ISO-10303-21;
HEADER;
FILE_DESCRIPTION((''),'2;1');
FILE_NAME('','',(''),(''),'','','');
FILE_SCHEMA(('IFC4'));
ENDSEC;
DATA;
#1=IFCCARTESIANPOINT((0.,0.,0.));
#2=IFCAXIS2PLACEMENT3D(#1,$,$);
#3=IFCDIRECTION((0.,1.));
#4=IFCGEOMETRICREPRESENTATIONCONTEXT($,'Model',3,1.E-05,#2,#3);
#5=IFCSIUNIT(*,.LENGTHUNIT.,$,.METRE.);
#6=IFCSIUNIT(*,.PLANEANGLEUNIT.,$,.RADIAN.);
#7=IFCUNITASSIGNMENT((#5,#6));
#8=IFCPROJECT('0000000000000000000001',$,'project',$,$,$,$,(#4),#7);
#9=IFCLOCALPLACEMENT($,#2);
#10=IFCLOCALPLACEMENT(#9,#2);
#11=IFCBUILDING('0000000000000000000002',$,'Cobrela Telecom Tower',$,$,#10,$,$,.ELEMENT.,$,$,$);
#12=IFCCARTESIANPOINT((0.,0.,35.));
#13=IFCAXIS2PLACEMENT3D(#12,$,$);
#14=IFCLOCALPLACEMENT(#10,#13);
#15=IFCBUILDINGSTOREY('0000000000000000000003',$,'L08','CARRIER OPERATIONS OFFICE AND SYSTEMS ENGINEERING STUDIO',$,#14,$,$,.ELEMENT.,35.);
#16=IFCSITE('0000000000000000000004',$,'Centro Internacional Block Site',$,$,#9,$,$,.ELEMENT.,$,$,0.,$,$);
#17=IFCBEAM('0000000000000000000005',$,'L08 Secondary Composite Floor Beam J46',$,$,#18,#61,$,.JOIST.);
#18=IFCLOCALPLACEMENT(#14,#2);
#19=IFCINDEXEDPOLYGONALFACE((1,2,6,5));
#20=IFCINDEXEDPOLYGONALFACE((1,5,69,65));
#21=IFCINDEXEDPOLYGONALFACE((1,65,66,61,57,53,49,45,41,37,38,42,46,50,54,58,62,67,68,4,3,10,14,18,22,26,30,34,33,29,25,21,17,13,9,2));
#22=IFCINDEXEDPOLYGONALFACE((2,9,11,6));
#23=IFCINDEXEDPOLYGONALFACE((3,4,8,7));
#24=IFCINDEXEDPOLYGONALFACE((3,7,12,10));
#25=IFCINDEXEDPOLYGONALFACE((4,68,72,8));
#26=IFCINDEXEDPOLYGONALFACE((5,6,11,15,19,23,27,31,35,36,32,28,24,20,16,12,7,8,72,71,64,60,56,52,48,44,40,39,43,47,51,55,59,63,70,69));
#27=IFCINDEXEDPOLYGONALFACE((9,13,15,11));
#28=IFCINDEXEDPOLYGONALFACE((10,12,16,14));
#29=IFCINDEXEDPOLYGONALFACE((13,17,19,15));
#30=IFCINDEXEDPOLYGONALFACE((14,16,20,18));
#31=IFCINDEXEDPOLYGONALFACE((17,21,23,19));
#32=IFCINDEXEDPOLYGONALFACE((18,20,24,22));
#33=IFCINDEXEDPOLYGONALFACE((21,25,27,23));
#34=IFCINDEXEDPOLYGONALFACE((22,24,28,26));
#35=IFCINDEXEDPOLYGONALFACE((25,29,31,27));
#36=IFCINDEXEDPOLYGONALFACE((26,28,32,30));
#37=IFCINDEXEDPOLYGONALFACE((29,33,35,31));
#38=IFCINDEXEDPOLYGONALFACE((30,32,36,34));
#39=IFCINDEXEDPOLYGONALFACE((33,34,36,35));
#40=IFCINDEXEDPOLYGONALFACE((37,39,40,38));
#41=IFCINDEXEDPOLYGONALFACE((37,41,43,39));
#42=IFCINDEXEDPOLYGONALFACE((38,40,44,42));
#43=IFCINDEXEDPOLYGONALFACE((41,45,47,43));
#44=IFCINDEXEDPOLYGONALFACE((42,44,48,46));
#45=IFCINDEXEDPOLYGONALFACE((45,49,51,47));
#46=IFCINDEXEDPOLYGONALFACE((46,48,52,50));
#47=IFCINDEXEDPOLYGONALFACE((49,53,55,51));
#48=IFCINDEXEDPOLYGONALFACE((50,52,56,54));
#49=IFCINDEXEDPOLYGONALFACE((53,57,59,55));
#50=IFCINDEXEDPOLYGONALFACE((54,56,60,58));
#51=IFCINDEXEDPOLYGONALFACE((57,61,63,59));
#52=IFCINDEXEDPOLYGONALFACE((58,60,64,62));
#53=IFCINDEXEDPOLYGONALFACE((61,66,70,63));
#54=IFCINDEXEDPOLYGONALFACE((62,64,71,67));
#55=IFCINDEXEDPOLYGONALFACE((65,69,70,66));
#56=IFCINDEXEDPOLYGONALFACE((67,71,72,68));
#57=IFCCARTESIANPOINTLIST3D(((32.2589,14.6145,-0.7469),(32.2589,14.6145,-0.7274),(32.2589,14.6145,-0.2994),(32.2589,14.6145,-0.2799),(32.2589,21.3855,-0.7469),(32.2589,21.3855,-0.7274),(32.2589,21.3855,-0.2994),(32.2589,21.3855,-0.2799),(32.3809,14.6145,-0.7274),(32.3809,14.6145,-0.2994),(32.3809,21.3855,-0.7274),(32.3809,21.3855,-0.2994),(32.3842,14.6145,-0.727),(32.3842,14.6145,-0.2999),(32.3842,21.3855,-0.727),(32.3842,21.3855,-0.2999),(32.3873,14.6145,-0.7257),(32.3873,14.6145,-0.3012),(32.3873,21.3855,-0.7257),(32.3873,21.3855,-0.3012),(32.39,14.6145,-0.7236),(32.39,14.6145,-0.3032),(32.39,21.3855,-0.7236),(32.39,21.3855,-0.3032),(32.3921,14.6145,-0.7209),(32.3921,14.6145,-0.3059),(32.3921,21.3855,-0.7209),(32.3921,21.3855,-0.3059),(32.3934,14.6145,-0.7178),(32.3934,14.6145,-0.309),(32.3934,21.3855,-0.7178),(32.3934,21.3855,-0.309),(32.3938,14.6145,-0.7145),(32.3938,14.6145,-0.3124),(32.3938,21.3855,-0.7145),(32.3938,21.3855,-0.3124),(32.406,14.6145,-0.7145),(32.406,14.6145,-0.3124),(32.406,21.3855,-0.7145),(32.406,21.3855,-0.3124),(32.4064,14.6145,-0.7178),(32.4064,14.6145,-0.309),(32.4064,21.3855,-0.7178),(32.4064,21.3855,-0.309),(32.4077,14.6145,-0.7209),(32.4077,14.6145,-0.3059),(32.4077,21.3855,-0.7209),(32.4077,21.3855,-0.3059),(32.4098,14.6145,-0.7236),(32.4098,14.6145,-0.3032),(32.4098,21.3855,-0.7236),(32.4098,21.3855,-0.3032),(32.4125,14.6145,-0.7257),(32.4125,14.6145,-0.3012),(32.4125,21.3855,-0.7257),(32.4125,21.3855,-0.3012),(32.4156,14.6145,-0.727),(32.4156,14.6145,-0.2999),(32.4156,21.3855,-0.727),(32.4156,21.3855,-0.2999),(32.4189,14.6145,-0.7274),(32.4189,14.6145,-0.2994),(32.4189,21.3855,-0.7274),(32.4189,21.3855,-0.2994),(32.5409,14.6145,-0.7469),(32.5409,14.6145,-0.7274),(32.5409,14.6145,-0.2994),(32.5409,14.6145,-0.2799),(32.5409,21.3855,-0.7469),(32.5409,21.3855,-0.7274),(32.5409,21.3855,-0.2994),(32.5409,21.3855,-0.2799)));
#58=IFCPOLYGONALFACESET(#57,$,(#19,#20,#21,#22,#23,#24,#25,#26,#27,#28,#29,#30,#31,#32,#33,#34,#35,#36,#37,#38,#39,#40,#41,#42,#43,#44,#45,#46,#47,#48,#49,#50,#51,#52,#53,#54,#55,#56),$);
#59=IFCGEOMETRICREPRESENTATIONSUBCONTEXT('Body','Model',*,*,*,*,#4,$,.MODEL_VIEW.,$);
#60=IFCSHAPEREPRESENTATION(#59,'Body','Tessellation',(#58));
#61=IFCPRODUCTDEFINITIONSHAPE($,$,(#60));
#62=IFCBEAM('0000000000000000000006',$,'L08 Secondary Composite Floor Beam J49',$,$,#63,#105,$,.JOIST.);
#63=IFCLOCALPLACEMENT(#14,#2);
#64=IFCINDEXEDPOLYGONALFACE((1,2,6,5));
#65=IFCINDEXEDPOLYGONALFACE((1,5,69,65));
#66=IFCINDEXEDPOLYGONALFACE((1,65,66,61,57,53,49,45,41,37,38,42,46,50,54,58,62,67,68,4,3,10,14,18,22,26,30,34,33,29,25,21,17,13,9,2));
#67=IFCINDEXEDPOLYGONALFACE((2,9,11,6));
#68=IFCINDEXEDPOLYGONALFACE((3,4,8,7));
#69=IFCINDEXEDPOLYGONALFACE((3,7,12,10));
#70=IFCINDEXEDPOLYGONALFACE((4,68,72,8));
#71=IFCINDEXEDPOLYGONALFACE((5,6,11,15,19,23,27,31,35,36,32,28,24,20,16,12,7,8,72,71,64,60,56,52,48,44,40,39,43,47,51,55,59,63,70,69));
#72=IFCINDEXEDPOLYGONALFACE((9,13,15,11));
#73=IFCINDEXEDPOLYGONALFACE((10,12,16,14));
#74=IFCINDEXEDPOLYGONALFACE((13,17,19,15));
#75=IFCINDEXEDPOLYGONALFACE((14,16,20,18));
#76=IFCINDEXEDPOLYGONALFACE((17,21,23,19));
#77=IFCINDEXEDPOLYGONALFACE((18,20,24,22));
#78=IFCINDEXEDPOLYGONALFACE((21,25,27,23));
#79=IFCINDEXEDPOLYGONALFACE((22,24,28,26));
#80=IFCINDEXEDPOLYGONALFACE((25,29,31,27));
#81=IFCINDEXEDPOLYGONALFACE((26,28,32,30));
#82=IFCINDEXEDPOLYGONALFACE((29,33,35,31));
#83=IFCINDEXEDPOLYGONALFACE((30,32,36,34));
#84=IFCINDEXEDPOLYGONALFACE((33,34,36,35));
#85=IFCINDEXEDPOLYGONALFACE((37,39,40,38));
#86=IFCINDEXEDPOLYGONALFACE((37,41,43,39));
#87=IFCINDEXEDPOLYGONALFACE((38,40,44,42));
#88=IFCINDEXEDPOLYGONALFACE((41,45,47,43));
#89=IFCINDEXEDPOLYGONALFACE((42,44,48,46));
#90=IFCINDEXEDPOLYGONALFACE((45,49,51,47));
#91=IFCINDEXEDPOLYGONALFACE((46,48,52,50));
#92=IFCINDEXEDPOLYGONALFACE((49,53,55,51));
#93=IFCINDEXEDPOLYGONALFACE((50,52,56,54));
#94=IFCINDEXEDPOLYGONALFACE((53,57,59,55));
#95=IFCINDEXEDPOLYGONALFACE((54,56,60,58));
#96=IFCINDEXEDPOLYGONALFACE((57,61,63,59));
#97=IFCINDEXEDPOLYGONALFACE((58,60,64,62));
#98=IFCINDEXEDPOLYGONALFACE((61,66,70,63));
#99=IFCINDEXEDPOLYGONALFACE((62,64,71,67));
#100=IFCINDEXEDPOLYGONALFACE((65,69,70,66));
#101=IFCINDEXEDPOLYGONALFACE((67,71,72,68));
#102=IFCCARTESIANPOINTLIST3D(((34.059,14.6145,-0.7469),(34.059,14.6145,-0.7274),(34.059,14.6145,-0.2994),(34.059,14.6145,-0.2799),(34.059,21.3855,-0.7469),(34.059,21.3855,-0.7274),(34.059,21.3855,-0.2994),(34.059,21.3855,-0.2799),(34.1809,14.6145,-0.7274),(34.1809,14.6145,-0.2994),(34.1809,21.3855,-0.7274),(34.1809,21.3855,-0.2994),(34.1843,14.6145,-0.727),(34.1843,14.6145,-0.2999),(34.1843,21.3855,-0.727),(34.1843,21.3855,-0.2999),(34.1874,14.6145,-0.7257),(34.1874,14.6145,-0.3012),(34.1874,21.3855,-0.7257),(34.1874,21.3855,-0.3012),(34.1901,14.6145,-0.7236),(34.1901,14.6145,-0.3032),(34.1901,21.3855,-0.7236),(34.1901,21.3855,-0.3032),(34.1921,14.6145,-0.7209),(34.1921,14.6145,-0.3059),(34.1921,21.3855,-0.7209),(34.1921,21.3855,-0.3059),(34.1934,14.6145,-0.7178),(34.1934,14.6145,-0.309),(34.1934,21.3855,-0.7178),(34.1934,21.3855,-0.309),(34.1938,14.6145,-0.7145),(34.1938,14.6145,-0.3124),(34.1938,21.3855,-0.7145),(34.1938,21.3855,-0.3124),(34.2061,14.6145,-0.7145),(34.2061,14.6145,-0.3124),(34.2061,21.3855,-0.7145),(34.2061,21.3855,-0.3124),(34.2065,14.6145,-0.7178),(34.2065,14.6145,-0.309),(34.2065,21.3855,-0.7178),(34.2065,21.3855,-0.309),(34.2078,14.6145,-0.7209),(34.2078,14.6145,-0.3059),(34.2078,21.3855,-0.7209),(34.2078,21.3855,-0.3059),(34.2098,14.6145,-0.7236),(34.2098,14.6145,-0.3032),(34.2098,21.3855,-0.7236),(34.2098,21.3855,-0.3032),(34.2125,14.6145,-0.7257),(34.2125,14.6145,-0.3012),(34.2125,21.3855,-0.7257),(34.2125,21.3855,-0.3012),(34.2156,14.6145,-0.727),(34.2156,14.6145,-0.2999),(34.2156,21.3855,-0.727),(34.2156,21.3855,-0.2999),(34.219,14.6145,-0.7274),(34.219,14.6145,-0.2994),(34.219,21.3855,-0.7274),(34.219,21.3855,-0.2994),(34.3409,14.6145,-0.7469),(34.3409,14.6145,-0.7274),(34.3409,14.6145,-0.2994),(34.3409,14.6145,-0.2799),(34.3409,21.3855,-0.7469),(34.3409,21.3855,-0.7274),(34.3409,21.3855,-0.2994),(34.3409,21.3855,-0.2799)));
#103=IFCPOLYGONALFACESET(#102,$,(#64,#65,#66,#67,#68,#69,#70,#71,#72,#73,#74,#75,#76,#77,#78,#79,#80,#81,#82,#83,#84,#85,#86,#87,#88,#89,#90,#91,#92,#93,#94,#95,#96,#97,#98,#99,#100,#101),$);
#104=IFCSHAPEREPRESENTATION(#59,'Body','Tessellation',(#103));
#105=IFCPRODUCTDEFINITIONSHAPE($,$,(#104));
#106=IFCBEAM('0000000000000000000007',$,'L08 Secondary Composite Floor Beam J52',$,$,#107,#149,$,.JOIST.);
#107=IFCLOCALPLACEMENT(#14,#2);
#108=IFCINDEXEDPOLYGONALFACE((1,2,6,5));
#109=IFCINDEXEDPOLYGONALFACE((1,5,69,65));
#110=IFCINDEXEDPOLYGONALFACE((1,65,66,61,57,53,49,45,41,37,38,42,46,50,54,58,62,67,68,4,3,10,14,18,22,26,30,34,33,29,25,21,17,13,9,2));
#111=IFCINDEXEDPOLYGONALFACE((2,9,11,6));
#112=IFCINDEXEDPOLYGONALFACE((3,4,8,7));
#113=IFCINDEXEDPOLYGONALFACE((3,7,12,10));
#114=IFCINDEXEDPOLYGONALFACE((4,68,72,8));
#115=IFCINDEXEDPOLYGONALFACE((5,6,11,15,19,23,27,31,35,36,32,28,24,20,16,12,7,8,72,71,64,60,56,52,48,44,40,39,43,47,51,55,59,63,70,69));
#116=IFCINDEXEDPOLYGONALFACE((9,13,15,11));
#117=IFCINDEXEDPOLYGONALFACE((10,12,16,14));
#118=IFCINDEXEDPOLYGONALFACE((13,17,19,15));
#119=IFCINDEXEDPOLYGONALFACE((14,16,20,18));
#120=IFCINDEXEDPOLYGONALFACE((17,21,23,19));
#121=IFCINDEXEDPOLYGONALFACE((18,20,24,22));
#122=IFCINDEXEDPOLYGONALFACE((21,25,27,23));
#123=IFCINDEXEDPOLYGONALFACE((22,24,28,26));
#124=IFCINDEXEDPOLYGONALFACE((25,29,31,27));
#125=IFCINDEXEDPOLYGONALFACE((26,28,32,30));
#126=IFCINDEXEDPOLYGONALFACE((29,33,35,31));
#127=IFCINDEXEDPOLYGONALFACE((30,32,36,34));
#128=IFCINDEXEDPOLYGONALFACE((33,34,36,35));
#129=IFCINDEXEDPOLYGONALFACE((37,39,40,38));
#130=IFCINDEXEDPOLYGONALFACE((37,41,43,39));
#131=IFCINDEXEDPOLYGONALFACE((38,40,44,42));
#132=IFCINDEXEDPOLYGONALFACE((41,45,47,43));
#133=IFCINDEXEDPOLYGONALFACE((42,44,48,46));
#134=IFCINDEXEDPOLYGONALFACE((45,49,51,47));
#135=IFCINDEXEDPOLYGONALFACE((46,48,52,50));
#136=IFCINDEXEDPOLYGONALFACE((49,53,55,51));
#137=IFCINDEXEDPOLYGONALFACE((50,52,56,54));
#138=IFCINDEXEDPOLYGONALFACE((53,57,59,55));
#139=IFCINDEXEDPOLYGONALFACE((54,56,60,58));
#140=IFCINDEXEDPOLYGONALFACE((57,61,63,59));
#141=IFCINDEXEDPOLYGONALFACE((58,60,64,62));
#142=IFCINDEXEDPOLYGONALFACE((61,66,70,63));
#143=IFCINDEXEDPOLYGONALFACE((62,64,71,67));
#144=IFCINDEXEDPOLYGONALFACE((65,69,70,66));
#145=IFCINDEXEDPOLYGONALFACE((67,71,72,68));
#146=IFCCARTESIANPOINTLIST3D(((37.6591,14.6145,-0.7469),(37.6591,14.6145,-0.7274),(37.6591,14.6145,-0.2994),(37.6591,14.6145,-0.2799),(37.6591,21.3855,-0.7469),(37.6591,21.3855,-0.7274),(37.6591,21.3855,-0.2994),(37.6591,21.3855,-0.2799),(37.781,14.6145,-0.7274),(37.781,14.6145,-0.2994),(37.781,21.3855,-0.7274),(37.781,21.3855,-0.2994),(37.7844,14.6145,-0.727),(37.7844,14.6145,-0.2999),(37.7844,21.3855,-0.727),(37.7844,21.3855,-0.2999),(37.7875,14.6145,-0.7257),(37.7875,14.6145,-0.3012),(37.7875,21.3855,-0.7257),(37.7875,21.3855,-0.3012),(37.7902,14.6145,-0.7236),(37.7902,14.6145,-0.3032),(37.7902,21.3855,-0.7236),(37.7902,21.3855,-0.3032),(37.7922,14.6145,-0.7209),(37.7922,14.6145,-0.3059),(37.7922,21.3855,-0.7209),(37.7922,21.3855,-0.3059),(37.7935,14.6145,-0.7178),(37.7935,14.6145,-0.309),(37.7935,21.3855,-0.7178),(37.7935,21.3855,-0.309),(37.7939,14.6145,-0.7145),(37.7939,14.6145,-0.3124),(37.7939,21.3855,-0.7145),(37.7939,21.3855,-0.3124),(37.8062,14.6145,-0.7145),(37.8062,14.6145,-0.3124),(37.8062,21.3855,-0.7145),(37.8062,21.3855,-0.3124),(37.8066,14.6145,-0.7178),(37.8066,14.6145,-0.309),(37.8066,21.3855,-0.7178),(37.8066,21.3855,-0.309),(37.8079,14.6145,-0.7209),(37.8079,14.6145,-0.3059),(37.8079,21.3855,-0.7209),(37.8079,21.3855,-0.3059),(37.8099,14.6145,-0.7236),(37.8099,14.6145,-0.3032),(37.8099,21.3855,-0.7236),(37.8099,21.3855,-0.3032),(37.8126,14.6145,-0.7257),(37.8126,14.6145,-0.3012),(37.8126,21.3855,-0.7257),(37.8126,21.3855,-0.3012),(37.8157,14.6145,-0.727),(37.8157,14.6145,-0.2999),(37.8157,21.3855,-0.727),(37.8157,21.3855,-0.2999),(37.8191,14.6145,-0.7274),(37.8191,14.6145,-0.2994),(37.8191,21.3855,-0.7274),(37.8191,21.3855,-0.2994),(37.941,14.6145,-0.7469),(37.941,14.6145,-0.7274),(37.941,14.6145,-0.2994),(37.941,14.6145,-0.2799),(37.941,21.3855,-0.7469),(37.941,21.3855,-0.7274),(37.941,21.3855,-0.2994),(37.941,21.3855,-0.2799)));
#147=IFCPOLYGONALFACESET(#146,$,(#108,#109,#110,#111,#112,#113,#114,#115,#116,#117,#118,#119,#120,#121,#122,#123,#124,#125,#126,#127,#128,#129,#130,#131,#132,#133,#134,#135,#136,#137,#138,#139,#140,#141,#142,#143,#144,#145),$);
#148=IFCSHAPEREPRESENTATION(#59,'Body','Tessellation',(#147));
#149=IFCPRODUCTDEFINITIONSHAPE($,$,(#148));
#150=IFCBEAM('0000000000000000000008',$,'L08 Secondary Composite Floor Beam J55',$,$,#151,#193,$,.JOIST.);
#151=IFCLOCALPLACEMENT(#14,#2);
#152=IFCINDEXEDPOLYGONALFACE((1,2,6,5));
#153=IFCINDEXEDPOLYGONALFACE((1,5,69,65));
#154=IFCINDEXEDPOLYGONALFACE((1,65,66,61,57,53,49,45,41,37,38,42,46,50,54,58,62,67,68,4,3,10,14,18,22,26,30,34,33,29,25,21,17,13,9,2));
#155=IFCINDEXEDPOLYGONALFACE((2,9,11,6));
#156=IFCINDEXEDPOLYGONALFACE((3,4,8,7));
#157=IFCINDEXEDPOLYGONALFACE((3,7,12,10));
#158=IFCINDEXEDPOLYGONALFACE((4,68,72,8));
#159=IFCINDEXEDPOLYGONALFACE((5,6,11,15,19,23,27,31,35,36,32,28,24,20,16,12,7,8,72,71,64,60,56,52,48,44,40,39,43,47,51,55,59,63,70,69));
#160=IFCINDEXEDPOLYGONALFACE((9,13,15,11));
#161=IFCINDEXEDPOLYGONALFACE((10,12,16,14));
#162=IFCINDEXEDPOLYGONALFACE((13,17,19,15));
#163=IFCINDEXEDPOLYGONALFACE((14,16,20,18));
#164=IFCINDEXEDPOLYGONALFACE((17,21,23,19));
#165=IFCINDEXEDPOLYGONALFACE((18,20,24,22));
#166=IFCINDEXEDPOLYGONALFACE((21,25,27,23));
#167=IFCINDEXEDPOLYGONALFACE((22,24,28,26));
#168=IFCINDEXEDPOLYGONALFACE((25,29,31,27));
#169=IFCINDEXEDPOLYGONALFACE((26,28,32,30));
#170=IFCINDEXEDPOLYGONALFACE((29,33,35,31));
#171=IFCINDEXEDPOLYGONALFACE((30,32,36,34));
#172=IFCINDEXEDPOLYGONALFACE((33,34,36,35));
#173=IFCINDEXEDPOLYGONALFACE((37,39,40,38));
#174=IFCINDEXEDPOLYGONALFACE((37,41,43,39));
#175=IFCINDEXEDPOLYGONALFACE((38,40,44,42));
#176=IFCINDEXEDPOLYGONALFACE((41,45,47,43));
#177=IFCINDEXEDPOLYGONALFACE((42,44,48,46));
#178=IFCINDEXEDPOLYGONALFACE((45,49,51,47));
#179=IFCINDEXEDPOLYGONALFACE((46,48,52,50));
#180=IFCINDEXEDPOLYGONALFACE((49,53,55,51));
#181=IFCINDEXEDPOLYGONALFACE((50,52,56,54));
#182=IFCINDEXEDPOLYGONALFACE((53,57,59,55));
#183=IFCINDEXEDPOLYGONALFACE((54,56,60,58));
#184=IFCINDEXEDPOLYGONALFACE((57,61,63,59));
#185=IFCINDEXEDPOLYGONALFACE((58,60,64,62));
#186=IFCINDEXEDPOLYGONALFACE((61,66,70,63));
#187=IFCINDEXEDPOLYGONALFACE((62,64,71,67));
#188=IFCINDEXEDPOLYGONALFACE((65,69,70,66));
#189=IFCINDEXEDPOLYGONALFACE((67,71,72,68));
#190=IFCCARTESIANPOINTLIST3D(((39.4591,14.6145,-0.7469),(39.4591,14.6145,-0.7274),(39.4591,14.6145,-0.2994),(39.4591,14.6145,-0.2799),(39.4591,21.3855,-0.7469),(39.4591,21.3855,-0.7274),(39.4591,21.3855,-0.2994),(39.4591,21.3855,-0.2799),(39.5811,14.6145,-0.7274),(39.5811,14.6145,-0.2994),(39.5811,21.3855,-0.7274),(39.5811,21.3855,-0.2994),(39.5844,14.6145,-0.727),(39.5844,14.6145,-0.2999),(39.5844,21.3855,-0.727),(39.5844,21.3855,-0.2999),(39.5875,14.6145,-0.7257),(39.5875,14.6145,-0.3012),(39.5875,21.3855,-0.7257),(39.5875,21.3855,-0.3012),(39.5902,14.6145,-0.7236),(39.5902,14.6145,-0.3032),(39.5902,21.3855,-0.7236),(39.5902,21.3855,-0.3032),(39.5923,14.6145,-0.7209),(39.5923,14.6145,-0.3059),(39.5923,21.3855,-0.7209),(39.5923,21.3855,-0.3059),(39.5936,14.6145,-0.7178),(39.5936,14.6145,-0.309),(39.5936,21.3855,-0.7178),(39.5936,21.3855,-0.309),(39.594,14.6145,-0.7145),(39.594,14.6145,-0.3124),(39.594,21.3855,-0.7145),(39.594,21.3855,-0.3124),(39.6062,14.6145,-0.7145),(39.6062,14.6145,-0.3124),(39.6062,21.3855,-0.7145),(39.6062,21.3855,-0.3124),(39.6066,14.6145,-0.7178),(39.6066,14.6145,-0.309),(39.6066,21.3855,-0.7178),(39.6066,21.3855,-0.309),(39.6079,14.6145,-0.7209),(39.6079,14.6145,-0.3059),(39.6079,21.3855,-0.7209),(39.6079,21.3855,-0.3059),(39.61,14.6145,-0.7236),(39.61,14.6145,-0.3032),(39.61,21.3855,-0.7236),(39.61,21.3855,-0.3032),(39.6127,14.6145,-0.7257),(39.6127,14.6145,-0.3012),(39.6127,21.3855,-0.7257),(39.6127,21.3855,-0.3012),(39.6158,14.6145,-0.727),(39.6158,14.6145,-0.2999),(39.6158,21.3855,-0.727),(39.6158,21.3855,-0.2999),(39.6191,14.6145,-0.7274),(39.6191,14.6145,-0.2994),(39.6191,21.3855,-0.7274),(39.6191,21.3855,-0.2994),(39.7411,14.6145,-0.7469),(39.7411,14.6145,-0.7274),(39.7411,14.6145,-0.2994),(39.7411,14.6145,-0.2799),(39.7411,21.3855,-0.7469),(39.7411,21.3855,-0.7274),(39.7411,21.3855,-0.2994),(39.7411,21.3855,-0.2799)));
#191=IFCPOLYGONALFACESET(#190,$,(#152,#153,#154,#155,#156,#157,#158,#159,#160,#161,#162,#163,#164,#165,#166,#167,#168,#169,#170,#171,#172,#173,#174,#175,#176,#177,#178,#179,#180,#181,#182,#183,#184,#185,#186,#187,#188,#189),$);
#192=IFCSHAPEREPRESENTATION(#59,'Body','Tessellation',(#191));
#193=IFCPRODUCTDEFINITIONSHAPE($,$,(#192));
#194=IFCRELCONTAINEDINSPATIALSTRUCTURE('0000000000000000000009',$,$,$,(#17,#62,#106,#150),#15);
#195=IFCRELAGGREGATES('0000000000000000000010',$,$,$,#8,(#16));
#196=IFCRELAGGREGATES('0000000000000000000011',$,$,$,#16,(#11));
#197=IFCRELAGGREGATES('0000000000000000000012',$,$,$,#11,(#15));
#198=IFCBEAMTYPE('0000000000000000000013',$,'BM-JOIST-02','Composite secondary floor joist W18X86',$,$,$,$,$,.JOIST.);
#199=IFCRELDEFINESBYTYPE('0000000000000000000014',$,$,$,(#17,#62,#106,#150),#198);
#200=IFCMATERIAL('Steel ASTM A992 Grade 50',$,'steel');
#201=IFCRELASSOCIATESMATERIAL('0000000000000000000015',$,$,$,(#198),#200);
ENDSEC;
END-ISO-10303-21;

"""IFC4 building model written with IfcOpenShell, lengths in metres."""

from ifc_helpers import new_model, si_unit, direction, frame, origin, origin_2d, place, context, subcontext, project, spatial, i_section, extrude, material, material_profile, profile_set, type_object, element, save


model = new_model("IFC4")

# Units and contexts
model_context = context("Model", 3, precision=1e-05, world=origin(), true_north=direction((0.0, 1.0)))
body_context = subcontext(model_context, "Body", "Model", "MODEL_VIEW")
ifc_project = project(units=[si_unit("LENGTHUNIT", "METRE"), si_unit("PLANEANGLEUNIT", "RADIAN")], contexts=[model_context])

# Site, building, storey
site_placement = place(None, origin())
site = spatial("IfcSite", under=ifc_project, at=site_placement, Name="Centro Internacional Block Site", CompositionType="ELEMENT", RefElevation=0.0)
building_placement = place(site_placement, origin())
building = spatial("IfcBuilding", under=site, at=building_placement, Name="Cobrela Telecom Tower", CompositionType="ELEMENT")
storey_placement = place(building_placement, frame((0.0, 0.0, 35.0)))
storey = spatial("IfcBuildingStorey", under=building, at=storey_placement, Name="L08", Description="CARRIER OPERATIONS OFFICE AND SYSTEMS ENGINEERING STUDIO", CompositionType="ELEMENT", Elevation=35.0)

# Shared definitions
ifc_material_1 = material(Name="Steel ASTM A992 Grade 50", Category="steel")

# Beams
ifc_material_profile_1 = material_profile(ifc_material_1, i_section(OverallWidth=0.282, OverallDepth=0.467, WebThickness=0.0122, FlangeThickness=0.0195, FilletRadius=0.0129, at=origin_2d()), Name="W18X86")
ifc_profile_set_1 = profile_set([ifc_material_profile_1], Name="Steel ASTM A992 Grade 50")
beam_type_1 = type_object("IfcBeamType", Name="BM-JOIST-02", Description="Composite secondary floor joist W18X86", PredefinedType="JOIST", material=ifc_profile_set_1)
for number, where, z_axis, x_axis, name in (
    (1, (32.3999, 14.6145, -0.5134), (0.0, 1.0, 0.0), (-1.0, 0.0, 0.0), "L08 Secondary Composite Floor Beam J46"),
    (2, (34.2, 14.6145, -0.5134), (0.0, 1.0, 0.0), (-1.0, 0.0, 0.0), "L08 Secondary Composite Floor Beam J49"),
    (3, (37.8, 14.6145, -0.5134), (0.0, 1.0, 0.0), (-1.0, 0.0, 0.0), "L08 Secondary Composite Floor Beam J52"),
    (4, (39.6001, 14.6145, -0.5134), (0.0, 1.0, 0.0), (-1.0, 0.0, 0.0), "L08 Secondary Composite Floor Beam J55"),
):
    element("IfcBeam", number, at=place(storey_placement, frame(where, z_axis=z_axis, x_axis=x_axis)), inside=storey, type_object=beam_type_1, Name=name, PredefinedType="JOIST", context=body_context, shape_type="SweptSolid", body=[
        extrude(i_section(OverallWidth=0.282, OverallDepth=0.467, WebThickness=0.0122, FlangeThickness=0.0195, FilletRadius=0.0129, at=origin_2d()), origin(), (0.0, 0.0, 1.0), 6.771),
    ])

save(model, "model.ifc")
